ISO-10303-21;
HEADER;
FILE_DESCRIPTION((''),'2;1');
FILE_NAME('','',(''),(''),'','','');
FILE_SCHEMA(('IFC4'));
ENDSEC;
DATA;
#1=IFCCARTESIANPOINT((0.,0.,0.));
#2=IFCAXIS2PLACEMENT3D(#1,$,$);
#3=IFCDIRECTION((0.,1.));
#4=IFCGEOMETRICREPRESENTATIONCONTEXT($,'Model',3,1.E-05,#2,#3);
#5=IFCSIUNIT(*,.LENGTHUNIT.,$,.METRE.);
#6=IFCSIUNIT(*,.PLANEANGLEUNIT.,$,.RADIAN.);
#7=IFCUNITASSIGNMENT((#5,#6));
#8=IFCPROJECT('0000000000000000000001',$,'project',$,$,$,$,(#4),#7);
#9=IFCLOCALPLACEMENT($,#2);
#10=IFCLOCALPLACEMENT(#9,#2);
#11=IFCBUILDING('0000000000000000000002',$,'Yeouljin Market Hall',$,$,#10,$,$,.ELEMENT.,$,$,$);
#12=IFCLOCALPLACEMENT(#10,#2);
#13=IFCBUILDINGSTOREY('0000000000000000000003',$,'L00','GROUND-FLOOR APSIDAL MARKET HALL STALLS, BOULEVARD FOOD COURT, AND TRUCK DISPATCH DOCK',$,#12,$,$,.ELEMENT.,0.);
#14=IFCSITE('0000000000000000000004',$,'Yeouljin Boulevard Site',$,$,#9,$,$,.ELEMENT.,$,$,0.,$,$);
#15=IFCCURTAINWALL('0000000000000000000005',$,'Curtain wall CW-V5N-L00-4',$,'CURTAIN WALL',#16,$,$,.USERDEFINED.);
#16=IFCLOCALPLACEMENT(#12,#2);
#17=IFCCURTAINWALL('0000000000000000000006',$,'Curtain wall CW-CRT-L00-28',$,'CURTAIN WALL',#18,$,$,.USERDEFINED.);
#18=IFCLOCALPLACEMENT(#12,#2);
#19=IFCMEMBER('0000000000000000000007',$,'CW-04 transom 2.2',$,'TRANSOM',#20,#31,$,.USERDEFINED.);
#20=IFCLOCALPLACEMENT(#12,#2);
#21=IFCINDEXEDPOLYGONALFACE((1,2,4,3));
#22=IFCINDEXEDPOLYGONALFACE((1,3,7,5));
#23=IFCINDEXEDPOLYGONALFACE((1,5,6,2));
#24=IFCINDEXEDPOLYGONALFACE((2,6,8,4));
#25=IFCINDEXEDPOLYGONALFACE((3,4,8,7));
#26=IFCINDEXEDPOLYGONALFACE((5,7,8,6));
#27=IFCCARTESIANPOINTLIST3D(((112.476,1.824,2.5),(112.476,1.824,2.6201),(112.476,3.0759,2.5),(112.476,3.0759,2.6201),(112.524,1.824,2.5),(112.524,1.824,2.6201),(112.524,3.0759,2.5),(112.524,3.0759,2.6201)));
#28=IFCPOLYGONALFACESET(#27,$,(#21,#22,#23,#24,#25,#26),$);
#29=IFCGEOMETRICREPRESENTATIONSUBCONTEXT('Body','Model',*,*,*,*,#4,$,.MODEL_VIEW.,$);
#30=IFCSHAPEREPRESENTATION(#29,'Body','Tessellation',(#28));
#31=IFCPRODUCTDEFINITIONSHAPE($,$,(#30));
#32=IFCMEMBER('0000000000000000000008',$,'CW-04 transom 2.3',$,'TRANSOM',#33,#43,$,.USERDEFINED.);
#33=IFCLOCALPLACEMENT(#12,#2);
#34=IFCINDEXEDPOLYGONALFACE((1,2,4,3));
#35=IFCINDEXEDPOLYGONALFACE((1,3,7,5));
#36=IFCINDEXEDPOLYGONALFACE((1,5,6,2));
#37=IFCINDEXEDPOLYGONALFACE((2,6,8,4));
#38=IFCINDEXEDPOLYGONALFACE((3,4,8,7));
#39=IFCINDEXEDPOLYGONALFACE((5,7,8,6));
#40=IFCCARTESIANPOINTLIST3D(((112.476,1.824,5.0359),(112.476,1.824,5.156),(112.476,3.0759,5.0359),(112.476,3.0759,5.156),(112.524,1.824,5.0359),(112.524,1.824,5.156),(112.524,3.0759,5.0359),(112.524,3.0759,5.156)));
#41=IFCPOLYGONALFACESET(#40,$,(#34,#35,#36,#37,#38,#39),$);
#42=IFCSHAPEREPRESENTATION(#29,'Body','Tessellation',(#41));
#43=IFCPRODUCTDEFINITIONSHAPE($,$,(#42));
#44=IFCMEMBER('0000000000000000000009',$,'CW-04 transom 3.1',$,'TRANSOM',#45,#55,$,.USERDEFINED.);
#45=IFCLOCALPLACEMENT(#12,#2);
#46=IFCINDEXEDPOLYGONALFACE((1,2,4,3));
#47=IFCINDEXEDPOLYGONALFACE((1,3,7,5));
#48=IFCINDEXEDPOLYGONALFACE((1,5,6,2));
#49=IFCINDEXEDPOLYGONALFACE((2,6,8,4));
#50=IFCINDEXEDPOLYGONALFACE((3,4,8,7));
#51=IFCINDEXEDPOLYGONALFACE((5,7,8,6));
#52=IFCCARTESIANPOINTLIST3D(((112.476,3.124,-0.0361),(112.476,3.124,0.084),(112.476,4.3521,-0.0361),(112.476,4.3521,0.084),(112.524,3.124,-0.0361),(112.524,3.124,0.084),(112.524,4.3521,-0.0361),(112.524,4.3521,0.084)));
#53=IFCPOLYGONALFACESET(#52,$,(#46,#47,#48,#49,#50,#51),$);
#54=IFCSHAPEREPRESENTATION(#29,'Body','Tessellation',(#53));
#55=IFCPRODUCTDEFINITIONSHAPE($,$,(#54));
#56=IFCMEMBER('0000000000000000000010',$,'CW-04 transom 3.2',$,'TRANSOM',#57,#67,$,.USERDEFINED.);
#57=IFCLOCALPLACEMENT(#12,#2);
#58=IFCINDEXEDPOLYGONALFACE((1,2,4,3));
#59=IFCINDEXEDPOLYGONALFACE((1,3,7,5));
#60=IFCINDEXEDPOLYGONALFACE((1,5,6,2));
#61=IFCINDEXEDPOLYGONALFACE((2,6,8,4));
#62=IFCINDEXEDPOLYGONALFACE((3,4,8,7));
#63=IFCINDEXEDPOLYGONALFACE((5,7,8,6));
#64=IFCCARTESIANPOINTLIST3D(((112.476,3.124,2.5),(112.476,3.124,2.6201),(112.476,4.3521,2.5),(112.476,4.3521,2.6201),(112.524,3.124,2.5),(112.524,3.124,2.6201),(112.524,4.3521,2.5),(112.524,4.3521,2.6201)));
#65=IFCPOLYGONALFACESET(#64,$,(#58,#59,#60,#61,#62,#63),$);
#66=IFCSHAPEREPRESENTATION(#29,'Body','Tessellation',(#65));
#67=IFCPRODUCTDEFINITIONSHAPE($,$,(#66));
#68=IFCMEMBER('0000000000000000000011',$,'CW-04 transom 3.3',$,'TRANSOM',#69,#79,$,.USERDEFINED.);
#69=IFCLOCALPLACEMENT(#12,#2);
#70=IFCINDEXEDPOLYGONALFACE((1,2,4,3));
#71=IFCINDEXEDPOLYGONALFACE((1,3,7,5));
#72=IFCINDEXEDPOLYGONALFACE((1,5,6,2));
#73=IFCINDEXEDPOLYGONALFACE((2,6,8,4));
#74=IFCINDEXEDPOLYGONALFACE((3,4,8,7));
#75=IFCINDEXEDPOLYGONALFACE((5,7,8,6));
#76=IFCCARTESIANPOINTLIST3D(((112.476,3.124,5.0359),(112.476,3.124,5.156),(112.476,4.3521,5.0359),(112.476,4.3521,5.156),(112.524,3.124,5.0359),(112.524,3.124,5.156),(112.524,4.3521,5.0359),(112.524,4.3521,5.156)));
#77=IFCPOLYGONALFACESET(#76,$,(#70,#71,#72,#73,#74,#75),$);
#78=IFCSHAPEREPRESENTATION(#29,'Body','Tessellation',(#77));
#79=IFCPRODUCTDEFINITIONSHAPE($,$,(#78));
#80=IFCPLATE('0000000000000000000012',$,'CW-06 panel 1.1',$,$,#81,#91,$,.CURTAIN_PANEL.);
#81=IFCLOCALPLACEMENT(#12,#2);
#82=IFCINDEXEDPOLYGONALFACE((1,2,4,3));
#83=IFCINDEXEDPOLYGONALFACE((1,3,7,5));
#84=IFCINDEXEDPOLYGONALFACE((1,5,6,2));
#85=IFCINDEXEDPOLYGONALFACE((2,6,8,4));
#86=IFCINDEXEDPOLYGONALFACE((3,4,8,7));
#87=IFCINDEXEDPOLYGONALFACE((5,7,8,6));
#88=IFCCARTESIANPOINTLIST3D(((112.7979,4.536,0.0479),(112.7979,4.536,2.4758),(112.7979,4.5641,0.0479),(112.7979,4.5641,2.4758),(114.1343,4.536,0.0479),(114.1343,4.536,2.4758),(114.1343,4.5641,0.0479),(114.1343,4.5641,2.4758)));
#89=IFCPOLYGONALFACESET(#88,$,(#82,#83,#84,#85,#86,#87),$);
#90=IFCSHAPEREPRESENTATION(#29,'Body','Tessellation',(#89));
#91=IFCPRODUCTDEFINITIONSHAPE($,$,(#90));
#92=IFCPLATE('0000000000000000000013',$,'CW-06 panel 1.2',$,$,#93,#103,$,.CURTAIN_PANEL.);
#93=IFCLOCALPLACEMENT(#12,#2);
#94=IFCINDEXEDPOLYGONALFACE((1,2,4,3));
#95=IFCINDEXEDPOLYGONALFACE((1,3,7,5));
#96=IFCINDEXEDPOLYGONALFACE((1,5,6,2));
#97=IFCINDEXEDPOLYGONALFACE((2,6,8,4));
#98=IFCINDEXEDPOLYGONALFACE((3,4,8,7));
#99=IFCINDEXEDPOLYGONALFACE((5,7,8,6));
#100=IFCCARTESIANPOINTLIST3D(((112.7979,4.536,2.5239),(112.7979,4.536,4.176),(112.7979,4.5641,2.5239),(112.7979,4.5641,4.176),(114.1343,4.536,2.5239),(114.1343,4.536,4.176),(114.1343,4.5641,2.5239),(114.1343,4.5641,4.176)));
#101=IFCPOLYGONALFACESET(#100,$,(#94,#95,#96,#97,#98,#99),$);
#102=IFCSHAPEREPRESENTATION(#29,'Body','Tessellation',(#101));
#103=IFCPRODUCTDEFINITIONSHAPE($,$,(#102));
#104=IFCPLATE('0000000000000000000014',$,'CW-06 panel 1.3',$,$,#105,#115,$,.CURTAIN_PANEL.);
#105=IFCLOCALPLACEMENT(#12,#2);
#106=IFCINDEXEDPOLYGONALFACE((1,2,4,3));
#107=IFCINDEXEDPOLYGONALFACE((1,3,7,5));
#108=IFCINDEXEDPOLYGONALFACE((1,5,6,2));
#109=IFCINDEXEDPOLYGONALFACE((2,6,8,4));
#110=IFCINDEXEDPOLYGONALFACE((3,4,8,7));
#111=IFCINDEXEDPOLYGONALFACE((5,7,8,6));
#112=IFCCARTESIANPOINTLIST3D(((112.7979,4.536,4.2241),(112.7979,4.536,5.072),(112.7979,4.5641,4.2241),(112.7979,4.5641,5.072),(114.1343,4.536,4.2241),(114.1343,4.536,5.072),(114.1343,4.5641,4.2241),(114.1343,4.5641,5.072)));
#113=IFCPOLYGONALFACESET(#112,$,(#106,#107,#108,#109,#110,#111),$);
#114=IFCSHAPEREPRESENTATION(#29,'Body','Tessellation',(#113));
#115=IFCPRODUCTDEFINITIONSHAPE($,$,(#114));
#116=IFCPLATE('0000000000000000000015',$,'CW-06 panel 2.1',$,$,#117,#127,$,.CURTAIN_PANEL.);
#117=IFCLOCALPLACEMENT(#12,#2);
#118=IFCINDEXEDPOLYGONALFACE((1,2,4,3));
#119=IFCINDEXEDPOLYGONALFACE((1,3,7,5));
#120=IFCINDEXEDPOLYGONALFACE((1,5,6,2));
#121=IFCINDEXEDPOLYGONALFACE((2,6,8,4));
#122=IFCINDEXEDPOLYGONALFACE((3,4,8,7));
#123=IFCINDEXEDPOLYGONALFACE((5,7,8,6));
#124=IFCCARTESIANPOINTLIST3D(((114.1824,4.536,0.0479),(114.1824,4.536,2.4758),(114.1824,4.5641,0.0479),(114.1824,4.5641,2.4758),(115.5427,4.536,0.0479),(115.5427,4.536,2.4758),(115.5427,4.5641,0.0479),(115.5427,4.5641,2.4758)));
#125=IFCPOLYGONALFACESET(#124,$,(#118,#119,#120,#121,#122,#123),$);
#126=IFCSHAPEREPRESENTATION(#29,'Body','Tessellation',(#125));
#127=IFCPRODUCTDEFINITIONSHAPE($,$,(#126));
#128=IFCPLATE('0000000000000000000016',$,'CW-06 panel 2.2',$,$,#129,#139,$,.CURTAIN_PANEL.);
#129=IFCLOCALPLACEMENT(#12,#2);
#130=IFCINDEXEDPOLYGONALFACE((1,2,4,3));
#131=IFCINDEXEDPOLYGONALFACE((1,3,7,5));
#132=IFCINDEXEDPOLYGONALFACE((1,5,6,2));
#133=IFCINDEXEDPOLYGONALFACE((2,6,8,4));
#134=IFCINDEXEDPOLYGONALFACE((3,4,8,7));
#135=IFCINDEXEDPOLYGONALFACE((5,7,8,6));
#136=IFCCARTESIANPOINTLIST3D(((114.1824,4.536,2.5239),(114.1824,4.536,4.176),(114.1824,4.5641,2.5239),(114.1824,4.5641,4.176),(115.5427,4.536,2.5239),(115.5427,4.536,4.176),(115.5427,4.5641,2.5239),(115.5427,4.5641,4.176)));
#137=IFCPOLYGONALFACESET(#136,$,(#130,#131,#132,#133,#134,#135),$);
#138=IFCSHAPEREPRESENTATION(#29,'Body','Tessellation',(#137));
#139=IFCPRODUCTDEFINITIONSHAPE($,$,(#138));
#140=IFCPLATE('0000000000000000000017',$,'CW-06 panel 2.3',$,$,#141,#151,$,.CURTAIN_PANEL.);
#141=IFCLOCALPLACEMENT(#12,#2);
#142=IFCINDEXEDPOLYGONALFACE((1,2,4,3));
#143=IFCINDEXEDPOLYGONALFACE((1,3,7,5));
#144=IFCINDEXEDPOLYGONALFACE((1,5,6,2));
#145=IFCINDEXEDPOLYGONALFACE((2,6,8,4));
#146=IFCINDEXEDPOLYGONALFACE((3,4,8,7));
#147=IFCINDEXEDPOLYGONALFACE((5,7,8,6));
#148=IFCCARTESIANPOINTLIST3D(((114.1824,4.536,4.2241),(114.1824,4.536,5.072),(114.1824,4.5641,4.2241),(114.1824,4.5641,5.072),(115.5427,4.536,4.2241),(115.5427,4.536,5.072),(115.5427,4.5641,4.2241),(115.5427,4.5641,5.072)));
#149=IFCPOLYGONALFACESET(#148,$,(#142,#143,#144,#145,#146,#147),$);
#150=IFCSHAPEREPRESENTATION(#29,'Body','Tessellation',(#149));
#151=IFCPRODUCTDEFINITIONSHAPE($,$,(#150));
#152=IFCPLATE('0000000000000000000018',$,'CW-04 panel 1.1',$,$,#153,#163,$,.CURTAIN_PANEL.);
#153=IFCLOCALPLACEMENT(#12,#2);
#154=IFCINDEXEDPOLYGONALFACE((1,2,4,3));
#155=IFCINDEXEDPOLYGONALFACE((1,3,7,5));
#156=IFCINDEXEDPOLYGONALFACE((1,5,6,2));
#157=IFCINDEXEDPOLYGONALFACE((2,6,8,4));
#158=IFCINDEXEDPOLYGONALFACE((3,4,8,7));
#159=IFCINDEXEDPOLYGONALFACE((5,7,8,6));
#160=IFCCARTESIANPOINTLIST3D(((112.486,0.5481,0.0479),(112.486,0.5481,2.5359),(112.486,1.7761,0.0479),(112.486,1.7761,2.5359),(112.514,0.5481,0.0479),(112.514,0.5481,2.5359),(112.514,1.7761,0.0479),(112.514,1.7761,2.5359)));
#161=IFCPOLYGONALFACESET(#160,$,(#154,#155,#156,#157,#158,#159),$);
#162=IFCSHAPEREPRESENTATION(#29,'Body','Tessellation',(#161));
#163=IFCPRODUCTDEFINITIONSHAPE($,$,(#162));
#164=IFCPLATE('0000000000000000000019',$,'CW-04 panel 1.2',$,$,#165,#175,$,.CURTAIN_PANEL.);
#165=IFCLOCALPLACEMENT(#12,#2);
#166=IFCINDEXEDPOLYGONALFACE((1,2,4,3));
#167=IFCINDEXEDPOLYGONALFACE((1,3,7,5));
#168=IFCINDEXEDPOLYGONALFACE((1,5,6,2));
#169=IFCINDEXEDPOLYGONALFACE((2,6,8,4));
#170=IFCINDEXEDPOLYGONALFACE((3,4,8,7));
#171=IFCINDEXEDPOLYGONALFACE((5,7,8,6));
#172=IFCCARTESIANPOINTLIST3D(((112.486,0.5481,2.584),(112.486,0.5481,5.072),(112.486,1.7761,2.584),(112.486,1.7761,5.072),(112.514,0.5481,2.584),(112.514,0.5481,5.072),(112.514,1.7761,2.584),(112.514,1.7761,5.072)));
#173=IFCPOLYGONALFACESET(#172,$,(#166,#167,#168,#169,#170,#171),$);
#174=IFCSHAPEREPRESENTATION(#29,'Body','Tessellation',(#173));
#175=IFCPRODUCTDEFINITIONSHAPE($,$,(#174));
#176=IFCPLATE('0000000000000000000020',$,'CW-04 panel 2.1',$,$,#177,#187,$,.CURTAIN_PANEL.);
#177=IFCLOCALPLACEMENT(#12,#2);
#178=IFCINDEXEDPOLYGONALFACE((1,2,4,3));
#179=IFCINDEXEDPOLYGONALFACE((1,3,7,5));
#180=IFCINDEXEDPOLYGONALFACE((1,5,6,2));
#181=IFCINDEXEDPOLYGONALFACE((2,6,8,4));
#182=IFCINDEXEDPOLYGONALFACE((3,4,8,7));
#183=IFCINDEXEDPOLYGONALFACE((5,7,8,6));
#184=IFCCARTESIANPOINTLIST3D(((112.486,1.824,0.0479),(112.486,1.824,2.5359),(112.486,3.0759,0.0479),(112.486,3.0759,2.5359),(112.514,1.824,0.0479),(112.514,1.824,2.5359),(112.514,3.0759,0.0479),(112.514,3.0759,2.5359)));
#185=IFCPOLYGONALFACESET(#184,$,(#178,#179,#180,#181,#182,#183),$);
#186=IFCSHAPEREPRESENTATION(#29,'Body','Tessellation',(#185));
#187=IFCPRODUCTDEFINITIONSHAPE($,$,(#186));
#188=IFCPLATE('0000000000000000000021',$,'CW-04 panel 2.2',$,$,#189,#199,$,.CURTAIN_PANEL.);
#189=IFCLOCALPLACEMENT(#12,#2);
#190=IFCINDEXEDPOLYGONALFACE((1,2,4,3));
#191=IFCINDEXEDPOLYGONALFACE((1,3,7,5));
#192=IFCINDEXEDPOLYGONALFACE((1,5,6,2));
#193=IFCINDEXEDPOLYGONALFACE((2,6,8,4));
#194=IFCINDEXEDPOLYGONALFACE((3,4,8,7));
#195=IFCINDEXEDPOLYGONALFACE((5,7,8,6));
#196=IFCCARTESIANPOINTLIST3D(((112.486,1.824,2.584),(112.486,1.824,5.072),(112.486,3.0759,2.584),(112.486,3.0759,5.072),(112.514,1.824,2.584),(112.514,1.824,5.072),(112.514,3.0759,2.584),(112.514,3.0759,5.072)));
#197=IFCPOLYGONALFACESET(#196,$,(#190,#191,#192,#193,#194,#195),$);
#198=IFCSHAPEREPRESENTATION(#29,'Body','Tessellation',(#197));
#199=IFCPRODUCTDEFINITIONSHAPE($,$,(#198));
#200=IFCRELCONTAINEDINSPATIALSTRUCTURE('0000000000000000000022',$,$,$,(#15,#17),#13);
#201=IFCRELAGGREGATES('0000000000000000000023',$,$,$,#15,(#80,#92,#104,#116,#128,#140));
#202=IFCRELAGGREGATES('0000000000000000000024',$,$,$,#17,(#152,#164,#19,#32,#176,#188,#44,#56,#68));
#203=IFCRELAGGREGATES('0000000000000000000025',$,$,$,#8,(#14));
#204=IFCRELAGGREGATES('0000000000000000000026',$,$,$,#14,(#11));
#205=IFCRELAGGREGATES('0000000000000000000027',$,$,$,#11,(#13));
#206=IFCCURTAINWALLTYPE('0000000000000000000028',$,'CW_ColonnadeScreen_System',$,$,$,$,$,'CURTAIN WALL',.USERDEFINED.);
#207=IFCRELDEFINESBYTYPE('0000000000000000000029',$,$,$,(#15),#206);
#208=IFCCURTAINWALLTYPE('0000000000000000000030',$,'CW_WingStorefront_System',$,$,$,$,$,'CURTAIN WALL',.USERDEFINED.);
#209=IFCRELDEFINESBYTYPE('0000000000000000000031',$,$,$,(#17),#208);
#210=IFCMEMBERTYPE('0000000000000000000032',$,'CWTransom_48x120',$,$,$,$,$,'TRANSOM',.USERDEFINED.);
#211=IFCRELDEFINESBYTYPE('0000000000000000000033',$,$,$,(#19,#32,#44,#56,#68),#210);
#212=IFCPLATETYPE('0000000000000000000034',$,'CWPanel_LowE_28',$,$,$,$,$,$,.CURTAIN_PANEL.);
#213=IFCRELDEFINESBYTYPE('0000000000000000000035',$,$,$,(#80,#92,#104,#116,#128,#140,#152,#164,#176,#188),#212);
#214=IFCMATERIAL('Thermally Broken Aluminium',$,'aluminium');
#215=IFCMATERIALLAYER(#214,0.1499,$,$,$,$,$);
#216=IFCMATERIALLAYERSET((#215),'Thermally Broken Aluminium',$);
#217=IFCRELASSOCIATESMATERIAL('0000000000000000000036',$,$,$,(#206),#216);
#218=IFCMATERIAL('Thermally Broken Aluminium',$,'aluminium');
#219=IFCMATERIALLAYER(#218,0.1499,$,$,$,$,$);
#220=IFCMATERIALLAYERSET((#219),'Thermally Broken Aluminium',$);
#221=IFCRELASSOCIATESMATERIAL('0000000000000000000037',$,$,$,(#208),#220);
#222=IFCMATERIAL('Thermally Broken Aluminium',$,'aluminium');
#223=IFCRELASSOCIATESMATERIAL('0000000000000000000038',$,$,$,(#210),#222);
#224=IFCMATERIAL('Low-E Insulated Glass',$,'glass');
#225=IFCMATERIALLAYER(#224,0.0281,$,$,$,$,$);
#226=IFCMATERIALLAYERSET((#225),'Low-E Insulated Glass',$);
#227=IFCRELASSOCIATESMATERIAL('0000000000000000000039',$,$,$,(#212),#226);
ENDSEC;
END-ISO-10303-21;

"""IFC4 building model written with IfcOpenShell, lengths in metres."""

from ifc_helpers import new_model, si_unit, direction, frame, origin, origin_2d, place, context, subcontext, project, spatial, rectangle, extrude, material, layer, layer_set, material_profile, profile_set, type_object, element, aggregate, save


model = new_model("IFC4")

# Units and contexts
model_context = context("Model", 3, precision=1e-05, world=origin(), true_north=direction((0.0, 1.0)))
body_context = subcontext(model_context, "Body", "Model", "MODEL_VIEW")
ifc_project = project(units=[si_unit("LENGTHUNIT", "METRE"), si_unit("PLANEANGLEUNIT", "RADIAN")], contexts=[model_context])

# Site, building, storey
site_placement = place(None, origin())
site = spatial("IfcSite", under=ifc_project, at=site_placement, Name="Yeouljin Boulevard Site", CompositionType="ELEMENT", RefElevation=0.0)
building_placement = place(site_placement, origin())
building = spatial("IfcBuilding", under=site, at=building_placement, Name="Yeouljin Market Hall", CompositionType="ELEMENT")
storey_placement = place(building_placement, origin())
storey = spatial("IfcBuildingStorey", under=building, at=storey_placement, Name="L00", Description="GROUND-FLOOR APSIDAL MARKET HALL STALLS, BOULEVARD FOOD COURT, AND TRUCK DISPATCH DOCK", CompositionType="ELEMENT", Elevation=0.0)

# Curtain walls
ifc_material_1 = material(Name="Thermally Broken Aluminium", Category="aluminium")
ifc_layer_1 = layer(ifc_material_1, 0.1499)
ifc_layer_set_1 = layer_set([ifc_layer_1], Name="Thermally Broken Aluminium")
curtain_wall_type_1 = type_object("IfcCurtainWallType", Name="CW_ColonnadeScreen_System", ElementType="CURTAIN WALL", PredefinedType="USERDEFINED", material=ifc_layer_set_1)
curtain_wall_1_placement = place(storey_placement, origin())
curtain_wall_1 = element("IfcCurtainWall", 1, at=curtain_wall_1_placement, inside=storey, type_object=curtain_wall_type_1, Name="Curtain wall CW-V5N-L00-4", ObjectType="CURTAIN WALL", PredefinedType="USERDEFINED")
ifc_material_2 = material(Name="Thermally Broken Aluminium", Category="aluminium")
ifc_layer_2 = layer(ifc_material_2, 0.1499)
ifc_layer_set_2 = layer_set([ifc_layer_2], Name="Thermally Broken Aluminium")
curtain_wall_type_2 = type_object("IfcCurtainWallType", Name="CW_WingStorefront_System", ElementType="CURTAIN WALL", PredefinedType="USERDEFINED", material=ifc_layer_set_2)
curtain_wall_2_placement = place(storey_placement, origin())
curtain_wall_2 = element("IfcCurtainWall", 2, at=curtain_wall_2_placement, inside=storey, type_object=curtain_wall_type_2, Name="Curtain wall CW-CRT-L00-28", ObjectType="CURTAIN WALL", PredefinedType="USERDEFINED")

# Members
ifc_material_3 = material(Name="Thermally Broken Aluminium", Category="aluminium")
ifc_material_profile_1 = material_profile(ifc_material_3, rectangle(XDim=0.0481, YDim=0.1201, at=origin_2d()), Name="CW-TRAN-48x120")
ifc_profile_set_1 = profile_set([ifc_material_profile_1], Name="Thermally Broken Aluminium")
member_type_1 = type_object("IfcMemberType", Name="CWTransom_48x120", ElementType="TRANSOM", PredefinedType="USERDEFINED", material=ifc_profile_set_1)
member_1_placement = place(storey_placement, frame((112.5, 1.824, 2.5601), z_axis=(0.0, 1.0, 0.0), x_axis=(-1.0, 0.0, 0.0)))
member_1 = element("IfcMember", 3, at=member_1_placement, type_object=member_type_1, Name="CW-04 transom 2.2", ObjectType="TRANSOM", PredefinedType="USERDEFINED", context=body_context, shape_type="SweptSolid", body=[
    extrude(rectangle(XDim=0.0481, YDim=0.1201, at=origin_2d()), origin(), (0.0, 0.0, 1.0), 1.252),
])
member_2_placement = place(storey_placement, frame((112.5, 1.824, 5.0959), z_axis=(0.0, 1.0, 0.0), x_axis=(-1.0, 0.0, 0.0)))
member_2 = element("IfcMember", 4, at=member_2_placement, type_object=member_type_1, Name="CW-04 transom 2.3", ObjectType="TRANSOM", PredefinedType="USERDEFINED", context=body_context, shape_type="SweptSolid", body=[
    extrude(rectangle(XDim=0.0481, YDim=0.1201, at=origin_2d()), origin(), (0.0, 0.0, 1.0), 1.252),
])
member_3_placement = place(storey_placement, frame((112.5, 3.124, 0.0239), z_axis=(0.0, 1.0, 0.0), x_axis=(-1.0, 0.0, 0.0)))
member_3 = element("IfcMember", 5, at=member_3_placement, type_object=member_type_1, Name="CW-04 transom 3.1", ObjectType="TRANSOM", PredefinedType="USERDEFINED", context=body_context, shape_type="SweptSolid", body=[
    extrude(rectangle(XDim=0.0481, YDim=0.1201, at=origin_2d()), origin(), (0.0, 0.0, 1.0), 1.228),
])
member_4_placement = place(storey_placement, frame((112.5, 3.124, 2.5601), z_axis=(0.0, 1.0, 0.0), x_axis=(-1.0, 0.0, 0.0)))
member_4 = element("IfcMember", 6, at=member_4_placement, type_object=member_type_1, Name="CW-04 transom 3.2", ObjectType="TRANSOM", PredefinedType="USERDEFINED", context=body_context, shape_type="SweptSolid", body=[
    extrude(rectangle(XDim=0.0481, YDim=0.1201, at=origin_2d()), origin(), (0.0, 0.0, 1.0), 1.228),
])
member_5_placement = place(storey_placement, frame((112.5, 3.124, 5.0959), z_axis=(0.0, 1.0, 0.0), x_axis=(-1.0, 0.0, 0.0)))
member_5 = element("IfcMember", 7, at=member_5_placement, type_object=member_type_1, Name="CW-04 transom 3.3", ObjectType="TRANSOM", PredefinedType="USERDEFINED", context=body_context, shape_type="SweptSolid", body=[
    extrude(rectangle(XDim=0.0481, YDim=0.1201, at=origin_2d()), origin(), (0.0, 0.0, 1.0), 1.228),
])

# Plates
ifc_material_4 = material(Name="Low-E Insulated Glass", Category="glass")
ifc_layer_3 = layer(ifc_material_4, 0.0281)
ifc_layer_set_3 = layer_set([ifc_layer_3], Name="Low-E Insulated Glass")
plate_type = type_object("IfcPlateType", Name="CWPanel_LowE_28", PredefinedType="CURTAIN_PANEL", material=ifc_layer_set_3)
plate_1_placement = place(storey_placement, frame((113.4661, 4.55, 0.0479), z_axis=(0.0, 0.0, 1.0), x_axis=(1.0, 0.0, 0.0)))
plate_1 = element("IfcPlate", 8, at=plate_1_placement, type_object=plate_type, Name="CW-06 panel 1.1", PredefinedType="CURTAIN_PANEL", context=body_context, shape_type="SweptSolid", body=[
    extrude(rectangle(XDim=1.3364, YDim=0.0281, at=origin_2d()), origin(), (0.0, 0.0, 1.0), 2.428),
])
plate_2_placement = place(storey_placement, frame((113.4661, 4.55, 2.5239), z_axis=(0.0, 0.0, 1.0), x_axis=(1.0, 0.0, 0.0)))
plate_2 = element("IfcPlate", 9, at=plate_2_placement, type_object=plate_type, Name="CW-06 panel 1.2", PredefinedType="CURTAIN_PANEL", context=body_context, shape_type="SweptSolid", body=[
    extrude(rectangle(XDim=1.3364, YDim=0.0281, at=origin_2d()), origin(), (0.0, 0.0, 1.0), 1.6521),
])
plate_3_placement = place(storey_placement, frame((113.4661, 4.55, 4.2241), z_axis=(0.0, 0.0, 1.0), x_axis=(1.0, 0.0, 0.0)))
plate_3 = element("IfcPlate", 10, at=plate_3_placement, type_object=plate_type, Name="CW-06 panel 1.3", PredefinedType="CURTAIN_PANEL", context=body_context, shape_type="SweptSolid", body=[
    extrude(rectangle(XDim=1.3364, YDim=0.0281, at=origin_2d()), origin(), (0.0, 0.0, 1.0), 0.8479),
])
plate_4_placement = place(storey_placement, frame((114.8625, 4.55, 0.0479), z_axis=(0.0, 0.0, 1.0), x_axis=(1.0, 0.0, 0.0)))
plate_4 = element("IfcPlate", 11, at=plate_4_placement, type_object=plate_type, Name="CW-06 panel 2.1", PredefinedType="CURTAIN_PANEL", context=body_context, shape_type="SweptSolid", body=[
    extrude(rectangle(XDim=1.3604, YDim=0.0281, at=origin_2d()), origin(), (0.0, 0.0, 1.0), 2.428),
])
plate_5_placement = place(storey_placement, frame((114.8625, 4.55, 2.5239), z_axis=(0.0, 0.0, 1.0), x_axis=(1.0, 0.0, 0.0)))
plate_5 = element("IfcPlate", 12, at=plate_5_placement, type_object=plate_type, Name="CW-06 panel 2.2", PredefinedType="CURTAIN_PANEL", context=body_context, shape_type="SweptSolid", body=[
    extrude(rectangle(XDim=1.3604, YDim=0.0281, at=origin_2d()), origin(), (0.0, 0.0, 1.0), 1.6521),
])
plate_6_placement = place(storey_placement, frame((114.8625, 4.55, 4.2241), z_axis=(0.0, 0.0, 1.0), x_axis=(1.0, 0.0, 0.0)))
plate_6 = element("IfcPlate", 13, at=plate_6_placement, type_object=plate_type, Name="CW-06 panel 2.3", PredefinedType="CURTAIN_PANEL", context=body_context, shape_type="SweptSolid", body=[
    extrude(rectangle(XDim=1.3604, YDim=0.0281, at=origin_2d()), origin(), (0.0, 0.0, 1.0), 0.8479),
])
aggregate(curtain_wall_1, [plate_1, plate_2, plate_3, plate_4, plate_5, plate_6])
plate_7_placement = place(storey_placement, frame((112.5, 1.1621, 0.0479), z_axis=(0.0, 0.0, 1.0), x_axis=(0.0, 1.0, 0.0)))
plate_7 = element("IfcPlate", 14, at=plate_7_placement, type_object=plate_type, Name="CW-04 panel 1.1", PredefinedType="CURTAIN_PANEL", context=body_context, shape_type="SweptSolid", body=[
    extrude(rectangle(XDim=1.228, YDim=0.0281, at=origin_2d()), origin(), (0.0, 0.0, 1.0), 2.488),
])
plate_8_placement = place(storey_placement, frame((112.5, 1.1621, 2.584), z_axis=(0.0, 0.0, 1.0), x_axis=(0.0, 1.0, 0.0)))
plate_8 = element("IfcPlate", 15, at=plate_8_placement, type_object=plate_type, Name="CW-04 panel 1.2", PredefinedType="CURTAIN_PANEL", context=body_context, shape_type="SweptSolid", body=[
    extrude(rectangle(XDim=1.228, YDim=0.0281, at=origin_2d()), origin(), (0.0, 0.0, 1.0), 2.488),
])
plate_9_placement = place(storey_placement, frame((112.5, 2.45, 0.0479), z_axis=(0.0, 0.0, 1.0), x_axis=(0.0, 1.0, 0.0)))
plate_9 = element("IfcPlate", 16, at=plate_9_placement, type_object=plate_type, Name="CW-04 panel 2.1", PredefinedType="CURTAIN_PANEL", context=body_context, shape_type="SweptSolid", body=[
    extrude(rectangle(XDim=1.252, YDim=0.0281, at=origin_2d()), origin(), (0.0, 0.0, 1.0), 2.488),
])
plate_10_placement = place(storey_placement, frame((112.5, 2.45, 2.584), z_axis=(0.0, 0.0, 1.0), x_axis=(0.0, 1.0, 0.0)))
plate_10 = element("IfcPlate", 17, at=plate_10_placement, type_object=plate_type, Name="CW-04 panel 2.2", PredefinedType="CURTAIN_PANEL", context=body_context, shape_type="SweptSolid", body=[
    extrude(rectangle(XDim=1.252, YDim=0.0281, at=origin_2d()), origin(), (0.0, 0.0, 1.0), 2.488),
])
aggregate(curtain_wall_2, [plate_7, plate_8, member_1, member_2, plate_9, plate_10, member_3, member_4, member_5])

save(model, "model.ifc")
